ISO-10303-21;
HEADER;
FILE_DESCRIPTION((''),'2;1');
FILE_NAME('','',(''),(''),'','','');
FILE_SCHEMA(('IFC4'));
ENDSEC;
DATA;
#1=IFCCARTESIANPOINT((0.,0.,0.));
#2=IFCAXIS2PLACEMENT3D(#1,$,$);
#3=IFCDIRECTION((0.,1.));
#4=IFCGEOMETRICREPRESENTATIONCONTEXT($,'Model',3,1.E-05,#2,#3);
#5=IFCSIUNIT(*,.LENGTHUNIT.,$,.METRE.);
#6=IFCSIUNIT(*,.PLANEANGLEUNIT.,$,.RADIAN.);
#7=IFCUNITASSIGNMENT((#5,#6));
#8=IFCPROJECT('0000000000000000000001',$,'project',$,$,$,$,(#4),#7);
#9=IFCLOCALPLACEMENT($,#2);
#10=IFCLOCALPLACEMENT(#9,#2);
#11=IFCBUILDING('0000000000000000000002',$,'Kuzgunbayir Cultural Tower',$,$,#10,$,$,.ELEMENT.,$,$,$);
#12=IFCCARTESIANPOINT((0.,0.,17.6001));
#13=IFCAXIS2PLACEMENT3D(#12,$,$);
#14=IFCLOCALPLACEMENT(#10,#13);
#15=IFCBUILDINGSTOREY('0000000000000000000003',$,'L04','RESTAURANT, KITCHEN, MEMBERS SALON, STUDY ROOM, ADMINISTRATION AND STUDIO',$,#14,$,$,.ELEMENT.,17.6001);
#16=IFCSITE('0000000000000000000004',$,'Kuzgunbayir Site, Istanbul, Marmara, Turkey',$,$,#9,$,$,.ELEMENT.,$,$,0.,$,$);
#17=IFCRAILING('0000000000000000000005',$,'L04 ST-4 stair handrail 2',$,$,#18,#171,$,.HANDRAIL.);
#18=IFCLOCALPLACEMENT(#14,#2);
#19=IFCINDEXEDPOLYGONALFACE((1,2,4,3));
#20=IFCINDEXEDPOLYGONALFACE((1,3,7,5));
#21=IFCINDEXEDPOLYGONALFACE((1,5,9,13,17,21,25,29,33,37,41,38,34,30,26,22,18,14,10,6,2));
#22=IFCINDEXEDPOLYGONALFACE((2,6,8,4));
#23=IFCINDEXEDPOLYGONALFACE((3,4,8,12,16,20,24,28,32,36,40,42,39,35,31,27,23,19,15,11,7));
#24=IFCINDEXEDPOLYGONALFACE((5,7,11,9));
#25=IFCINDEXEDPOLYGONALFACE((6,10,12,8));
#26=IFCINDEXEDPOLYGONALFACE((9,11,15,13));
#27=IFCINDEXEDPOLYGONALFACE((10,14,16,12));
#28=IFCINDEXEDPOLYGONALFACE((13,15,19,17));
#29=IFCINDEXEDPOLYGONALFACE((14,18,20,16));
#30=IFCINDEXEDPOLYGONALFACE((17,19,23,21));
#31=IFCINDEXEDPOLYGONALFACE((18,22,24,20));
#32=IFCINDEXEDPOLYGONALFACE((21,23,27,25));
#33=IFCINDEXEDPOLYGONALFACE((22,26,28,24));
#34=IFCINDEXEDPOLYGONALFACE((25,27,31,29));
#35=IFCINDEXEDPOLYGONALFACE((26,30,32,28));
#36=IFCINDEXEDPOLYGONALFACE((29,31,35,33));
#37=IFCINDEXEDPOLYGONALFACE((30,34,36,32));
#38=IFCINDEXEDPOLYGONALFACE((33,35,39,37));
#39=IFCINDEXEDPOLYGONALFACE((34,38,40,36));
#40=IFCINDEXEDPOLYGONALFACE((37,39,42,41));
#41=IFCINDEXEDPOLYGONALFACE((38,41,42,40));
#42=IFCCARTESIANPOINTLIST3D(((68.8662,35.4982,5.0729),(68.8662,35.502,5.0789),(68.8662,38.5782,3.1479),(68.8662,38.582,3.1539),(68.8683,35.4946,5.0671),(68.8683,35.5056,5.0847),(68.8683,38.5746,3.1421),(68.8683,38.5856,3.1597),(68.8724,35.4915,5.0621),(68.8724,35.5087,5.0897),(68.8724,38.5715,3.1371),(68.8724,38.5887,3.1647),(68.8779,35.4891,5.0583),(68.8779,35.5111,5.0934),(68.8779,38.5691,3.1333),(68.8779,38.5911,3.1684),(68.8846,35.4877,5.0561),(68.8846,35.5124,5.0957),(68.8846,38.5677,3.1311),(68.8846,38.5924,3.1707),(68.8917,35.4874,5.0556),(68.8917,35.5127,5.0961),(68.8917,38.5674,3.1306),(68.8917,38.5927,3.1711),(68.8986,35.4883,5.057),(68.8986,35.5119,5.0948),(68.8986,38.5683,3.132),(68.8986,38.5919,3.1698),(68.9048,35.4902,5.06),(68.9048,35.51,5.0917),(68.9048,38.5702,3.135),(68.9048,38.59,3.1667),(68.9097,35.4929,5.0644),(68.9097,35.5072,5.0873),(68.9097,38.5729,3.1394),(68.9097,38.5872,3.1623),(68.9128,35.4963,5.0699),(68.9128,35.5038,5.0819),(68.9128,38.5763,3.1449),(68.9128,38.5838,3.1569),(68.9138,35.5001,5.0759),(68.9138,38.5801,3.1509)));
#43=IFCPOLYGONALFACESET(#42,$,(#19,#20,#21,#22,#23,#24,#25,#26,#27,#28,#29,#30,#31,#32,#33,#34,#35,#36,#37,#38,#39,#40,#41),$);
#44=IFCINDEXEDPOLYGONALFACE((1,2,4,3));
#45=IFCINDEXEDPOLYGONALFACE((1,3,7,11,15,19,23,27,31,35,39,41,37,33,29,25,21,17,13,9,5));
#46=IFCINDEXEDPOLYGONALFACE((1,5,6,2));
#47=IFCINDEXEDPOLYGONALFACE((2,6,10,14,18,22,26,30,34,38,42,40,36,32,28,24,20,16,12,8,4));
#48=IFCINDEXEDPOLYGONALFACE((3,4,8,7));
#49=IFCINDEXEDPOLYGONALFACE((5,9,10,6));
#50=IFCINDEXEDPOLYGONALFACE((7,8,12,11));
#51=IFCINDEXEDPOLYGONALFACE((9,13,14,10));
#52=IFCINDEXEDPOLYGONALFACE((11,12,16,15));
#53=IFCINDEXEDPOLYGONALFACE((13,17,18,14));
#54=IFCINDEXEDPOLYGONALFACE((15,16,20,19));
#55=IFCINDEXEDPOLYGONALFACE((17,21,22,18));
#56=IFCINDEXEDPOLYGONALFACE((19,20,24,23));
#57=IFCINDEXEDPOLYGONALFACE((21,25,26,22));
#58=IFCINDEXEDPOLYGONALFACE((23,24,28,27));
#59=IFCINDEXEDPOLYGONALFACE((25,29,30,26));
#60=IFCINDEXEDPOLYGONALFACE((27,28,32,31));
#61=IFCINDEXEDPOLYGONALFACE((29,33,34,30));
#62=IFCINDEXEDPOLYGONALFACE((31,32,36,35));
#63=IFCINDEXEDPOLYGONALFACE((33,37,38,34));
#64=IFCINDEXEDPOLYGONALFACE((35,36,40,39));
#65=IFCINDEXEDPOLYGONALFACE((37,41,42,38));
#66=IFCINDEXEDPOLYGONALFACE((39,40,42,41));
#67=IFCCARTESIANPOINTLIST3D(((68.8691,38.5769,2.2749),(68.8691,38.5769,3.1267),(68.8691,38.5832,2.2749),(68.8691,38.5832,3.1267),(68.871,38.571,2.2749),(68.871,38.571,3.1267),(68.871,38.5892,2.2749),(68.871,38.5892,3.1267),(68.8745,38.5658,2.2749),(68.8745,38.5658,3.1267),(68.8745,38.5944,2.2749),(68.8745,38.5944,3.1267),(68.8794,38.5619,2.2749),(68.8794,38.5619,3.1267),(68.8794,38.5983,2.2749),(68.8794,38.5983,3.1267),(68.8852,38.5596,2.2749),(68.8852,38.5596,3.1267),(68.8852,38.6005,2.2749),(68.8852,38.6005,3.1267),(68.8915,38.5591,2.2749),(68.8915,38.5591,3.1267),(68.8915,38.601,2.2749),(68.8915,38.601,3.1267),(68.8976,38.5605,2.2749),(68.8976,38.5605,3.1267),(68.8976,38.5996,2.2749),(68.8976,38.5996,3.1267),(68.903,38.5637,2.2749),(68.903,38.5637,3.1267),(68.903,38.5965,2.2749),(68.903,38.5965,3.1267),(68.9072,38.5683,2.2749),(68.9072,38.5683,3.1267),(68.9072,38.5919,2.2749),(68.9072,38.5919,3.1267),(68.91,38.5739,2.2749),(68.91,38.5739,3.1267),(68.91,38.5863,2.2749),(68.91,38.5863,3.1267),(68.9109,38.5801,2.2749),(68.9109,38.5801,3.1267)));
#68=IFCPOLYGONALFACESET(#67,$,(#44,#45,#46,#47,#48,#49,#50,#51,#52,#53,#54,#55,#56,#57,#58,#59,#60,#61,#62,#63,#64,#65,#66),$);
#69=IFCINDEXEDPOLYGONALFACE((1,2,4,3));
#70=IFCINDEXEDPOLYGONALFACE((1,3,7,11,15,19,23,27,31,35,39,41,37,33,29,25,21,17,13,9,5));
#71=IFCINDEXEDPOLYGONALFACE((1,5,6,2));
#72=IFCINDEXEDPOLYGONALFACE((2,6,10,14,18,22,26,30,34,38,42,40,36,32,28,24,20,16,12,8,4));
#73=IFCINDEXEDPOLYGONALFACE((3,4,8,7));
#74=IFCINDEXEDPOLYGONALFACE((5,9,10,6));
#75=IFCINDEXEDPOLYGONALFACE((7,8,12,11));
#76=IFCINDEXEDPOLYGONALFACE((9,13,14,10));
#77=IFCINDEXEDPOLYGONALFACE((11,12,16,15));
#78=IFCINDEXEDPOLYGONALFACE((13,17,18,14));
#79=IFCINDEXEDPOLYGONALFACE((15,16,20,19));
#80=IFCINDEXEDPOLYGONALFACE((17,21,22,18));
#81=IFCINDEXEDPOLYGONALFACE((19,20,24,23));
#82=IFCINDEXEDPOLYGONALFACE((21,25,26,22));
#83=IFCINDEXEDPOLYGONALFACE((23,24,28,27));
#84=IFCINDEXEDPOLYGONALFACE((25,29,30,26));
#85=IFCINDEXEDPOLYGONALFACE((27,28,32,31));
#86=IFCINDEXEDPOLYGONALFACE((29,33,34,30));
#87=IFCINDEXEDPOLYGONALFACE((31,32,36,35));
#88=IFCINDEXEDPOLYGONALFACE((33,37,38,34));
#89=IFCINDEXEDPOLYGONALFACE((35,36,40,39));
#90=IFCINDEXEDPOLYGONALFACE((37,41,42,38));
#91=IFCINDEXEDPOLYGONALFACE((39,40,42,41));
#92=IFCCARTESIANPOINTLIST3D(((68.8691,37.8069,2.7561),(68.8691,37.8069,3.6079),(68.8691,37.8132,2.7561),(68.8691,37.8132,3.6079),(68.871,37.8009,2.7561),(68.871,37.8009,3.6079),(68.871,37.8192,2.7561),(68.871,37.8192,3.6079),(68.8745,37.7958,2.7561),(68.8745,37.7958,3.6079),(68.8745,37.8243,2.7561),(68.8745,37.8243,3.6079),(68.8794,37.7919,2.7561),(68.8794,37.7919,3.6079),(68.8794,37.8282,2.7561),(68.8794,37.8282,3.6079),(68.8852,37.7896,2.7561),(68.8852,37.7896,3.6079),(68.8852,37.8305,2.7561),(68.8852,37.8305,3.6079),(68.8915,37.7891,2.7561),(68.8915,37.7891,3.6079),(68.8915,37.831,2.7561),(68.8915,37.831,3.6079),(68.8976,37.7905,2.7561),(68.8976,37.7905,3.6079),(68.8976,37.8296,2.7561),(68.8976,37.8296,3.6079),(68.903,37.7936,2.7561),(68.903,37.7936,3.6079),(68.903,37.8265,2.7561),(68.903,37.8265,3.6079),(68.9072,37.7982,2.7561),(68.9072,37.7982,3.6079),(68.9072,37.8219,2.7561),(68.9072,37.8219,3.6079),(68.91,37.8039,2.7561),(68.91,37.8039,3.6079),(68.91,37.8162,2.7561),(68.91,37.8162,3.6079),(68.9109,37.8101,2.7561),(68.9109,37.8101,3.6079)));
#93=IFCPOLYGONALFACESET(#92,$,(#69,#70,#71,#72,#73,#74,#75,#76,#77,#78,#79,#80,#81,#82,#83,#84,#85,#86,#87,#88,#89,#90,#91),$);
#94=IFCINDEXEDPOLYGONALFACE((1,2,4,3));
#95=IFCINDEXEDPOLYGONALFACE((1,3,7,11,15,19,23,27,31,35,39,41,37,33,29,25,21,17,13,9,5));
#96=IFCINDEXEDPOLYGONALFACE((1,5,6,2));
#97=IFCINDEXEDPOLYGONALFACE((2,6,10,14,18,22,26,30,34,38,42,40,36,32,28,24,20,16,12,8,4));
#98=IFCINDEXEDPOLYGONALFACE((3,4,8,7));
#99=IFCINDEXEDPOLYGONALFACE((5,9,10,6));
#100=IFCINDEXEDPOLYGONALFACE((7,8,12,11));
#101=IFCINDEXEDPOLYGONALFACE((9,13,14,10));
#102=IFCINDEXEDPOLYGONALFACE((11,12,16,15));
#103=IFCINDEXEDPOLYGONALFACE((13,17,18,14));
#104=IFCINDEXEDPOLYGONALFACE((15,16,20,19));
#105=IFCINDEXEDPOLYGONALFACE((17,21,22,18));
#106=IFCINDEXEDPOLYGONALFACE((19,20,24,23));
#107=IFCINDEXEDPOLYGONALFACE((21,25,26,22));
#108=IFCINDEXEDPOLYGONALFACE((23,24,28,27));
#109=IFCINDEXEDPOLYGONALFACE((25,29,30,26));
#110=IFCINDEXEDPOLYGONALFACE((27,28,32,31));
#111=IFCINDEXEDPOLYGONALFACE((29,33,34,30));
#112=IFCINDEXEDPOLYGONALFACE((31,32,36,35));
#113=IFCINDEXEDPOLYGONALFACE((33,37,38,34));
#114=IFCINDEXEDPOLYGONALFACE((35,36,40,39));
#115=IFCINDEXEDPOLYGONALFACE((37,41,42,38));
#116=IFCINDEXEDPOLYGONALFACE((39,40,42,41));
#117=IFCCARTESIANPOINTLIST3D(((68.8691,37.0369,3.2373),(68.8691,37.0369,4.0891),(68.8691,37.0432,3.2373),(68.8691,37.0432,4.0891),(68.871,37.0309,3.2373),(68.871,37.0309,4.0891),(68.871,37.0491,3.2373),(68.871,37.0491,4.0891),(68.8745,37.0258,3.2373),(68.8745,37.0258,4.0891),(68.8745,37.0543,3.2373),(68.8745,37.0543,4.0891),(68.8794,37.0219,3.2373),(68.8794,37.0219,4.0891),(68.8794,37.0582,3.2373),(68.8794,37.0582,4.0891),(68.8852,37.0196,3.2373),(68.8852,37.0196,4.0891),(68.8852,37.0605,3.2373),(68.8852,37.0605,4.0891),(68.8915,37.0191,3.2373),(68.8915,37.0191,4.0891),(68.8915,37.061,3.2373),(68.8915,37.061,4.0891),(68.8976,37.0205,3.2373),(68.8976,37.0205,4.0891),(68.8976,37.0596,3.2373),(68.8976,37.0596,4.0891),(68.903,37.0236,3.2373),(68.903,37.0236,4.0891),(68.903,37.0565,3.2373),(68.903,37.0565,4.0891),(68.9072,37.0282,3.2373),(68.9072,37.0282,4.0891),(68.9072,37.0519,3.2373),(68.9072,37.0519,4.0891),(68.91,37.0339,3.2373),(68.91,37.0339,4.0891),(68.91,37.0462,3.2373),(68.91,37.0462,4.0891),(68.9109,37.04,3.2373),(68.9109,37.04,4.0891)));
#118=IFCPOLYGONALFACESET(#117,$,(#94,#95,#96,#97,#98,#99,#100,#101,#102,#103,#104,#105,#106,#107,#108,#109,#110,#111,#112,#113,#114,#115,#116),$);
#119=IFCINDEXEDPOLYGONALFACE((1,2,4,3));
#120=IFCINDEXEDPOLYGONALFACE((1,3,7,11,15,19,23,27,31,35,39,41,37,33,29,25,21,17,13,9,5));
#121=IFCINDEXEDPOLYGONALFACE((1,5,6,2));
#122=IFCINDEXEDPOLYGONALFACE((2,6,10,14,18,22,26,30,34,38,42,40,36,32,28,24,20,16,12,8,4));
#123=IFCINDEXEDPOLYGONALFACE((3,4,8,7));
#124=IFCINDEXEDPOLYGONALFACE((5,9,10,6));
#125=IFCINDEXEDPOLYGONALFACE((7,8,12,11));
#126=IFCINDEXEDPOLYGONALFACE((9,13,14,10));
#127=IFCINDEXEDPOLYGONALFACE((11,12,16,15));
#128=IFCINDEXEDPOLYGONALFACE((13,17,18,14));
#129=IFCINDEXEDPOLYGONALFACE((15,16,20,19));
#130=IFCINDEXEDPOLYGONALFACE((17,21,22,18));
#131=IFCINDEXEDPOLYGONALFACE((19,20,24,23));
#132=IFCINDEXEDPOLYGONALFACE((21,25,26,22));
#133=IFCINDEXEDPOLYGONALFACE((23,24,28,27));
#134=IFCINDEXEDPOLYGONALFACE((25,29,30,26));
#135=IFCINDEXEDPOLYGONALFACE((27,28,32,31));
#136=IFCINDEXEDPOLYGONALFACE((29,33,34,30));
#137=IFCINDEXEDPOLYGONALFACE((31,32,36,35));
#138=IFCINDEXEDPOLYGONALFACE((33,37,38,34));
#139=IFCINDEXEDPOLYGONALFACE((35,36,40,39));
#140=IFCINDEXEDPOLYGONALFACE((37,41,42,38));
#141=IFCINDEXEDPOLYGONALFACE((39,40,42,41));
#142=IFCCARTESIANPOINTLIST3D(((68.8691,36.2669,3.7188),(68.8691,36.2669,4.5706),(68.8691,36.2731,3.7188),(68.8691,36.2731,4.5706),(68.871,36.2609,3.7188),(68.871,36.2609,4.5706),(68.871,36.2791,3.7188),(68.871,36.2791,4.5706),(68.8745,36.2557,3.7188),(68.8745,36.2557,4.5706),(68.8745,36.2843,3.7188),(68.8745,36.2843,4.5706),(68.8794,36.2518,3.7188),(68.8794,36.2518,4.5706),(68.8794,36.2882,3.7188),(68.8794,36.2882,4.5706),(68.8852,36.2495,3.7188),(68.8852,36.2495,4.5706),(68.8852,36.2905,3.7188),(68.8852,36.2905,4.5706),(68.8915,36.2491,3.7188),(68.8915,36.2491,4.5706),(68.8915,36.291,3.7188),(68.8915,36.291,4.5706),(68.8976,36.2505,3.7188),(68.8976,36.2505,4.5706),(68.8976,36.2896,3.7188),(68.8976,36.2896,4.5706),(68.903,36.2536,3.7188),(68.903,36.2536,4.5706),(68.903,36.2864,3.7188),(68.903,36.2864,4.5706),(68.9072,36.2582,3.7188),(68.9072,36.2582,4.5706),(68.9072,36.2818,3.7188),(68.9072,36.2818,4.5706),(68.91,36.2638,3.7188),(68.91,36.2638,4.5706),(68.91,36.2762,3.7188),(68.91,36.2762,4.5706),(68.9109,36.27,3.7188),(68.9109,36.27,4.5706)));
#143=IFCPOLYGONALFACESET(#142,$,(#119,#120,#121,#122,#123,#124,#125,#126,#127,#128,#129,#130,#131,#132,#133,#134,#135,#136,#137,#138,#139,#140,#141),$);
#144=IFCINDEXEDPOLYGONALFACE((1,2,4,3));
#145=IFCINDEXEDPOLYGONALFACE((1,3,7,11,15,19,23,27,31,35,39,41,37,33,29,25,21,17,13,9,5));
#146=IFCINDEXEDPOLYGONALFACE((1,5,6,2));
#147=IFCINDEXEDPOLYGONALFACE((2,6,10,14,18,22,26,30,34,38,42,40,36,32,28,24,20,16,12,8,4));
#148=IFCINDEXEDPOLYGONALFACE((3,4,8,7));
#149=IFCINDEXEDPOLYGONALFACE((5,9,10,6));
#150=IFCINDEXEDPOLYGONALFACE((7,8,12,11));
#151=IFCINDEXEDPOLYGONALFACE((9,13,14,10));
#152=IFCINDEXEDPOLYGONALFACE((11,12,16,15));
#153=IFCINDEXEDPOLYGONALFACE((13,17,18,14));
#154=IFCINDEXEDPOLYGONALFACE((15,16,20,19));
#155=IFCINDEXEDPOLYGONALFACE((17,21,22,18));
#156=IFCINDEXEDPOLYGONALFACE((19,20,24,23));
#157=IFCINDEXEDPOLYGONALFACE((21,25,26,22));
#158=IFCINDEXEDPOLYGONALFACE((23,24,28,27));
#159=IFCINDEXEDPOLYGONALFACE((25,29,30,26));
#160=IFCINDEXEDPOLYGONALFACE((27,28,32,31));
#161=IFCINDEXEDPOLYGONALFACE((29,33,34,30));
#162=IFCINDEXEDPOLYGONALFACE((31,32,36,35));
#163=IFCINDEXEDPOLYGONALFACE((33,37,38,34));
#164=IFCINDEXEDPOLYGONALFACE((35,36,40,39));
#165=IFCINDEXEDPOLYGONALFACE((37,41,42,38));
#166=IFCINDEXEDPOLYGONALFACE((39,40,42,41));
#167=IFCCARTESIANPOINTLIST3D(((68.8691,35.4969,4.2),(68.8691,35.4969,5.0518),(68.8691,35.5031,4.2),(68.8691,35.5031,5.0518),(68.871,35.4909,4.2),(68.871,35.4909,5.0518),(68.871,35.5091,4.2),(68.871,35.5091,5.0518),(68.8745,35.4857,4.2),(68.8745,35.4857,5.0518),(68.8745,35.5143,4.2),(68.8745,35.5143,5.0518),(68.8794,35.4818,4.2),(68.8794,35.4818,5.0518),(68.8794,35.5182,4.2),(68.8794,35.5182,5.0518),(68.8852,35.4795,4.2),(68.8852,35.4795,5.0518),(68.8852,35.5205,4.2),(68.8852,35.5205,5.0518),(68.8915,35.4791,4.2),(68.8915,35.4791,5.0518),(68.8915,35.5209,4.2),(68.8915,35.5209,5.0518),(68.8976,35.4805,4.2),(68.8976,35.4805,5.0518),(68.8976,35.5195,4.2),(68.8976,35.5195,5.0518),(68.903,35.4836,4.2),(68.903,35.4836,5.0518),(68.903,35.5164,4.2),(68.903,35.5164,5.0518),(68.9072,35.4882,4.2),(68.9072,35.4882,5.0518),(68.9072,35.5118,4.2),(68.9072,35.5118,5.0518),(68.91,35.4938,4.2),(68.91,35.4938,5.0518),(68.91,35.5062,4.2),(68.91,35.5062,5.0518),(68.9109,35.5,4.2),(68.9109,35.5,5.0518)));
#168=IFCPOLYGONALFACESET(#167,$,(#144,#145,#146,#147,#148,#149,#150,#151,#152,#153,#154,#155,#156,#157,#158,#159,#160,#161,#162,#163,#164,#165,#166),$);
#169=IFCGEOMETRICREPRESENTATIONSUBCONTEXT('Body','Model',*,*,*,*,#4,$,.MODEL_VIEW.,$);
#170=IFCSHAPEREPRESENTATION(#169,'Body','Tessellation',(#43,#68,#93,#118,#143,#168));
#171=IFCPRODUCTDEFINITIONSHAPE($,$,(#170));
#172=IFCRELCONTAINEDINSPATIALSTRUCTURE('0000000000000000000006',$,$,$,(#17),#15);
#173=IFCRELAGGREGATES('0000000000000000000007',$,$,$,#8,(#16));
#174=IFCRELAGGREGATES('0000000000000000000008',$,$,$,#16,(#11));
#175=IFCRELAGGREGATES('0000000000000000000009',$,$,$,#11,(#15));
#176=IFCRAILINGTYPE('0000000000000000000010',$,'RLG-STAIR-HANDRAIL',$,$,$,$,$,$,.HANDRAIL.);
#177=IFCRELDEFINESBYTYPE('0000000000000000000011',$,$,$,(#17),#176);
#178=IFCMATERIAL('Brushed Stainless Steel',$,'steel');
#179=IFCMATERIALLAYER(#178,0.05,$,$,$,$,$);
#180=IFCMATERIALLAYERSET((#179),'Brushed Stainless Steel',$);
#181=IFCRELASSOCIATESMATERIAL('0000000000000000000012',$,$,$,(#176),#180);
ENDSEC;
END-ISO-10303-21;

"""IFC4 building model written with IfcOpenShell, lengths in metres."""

from ifc_helpers import new_model, si_unit, direction, frame, origin, origin_2d, place, context, subcontext, project, spatial, circle, extrude, material, layer, layer_set, type_object, element, save


model = new_model("IFC4")

# Units and contexts
model_context = context("Model", 3, precision=1e-05, world=origin(), true_north=direction((0.0, 1.0)))
body_context = subcontext(model_context, "Body", "Model", "MODEL_VIEW")
ifc_project = project(units=[si_unit("LENGTHUNIT", "METRE"), si_unit("PLANEANGLEUNIT", "RADIAN")], contexts=[model_context])

# Site, building, storey
site_placement = place(None, origin())
site = spatial("IfcSite", under=ifc_project, at=site_placement, Name="Kuzgunbayir Site, Istanbul, Marmara, Turkey", CompositionType="ELEMENT", RefElevation=0.0)
building_placement = place(site_placement, origin())
building = spatial("IfcBuilding", under=site, at=building_placement, Name="Kuzgunbayir Cultural Tower", CompositionType="ELEMENT")
storey_placement = place(building_placement, frame((0.0, 0.0, 17.6001)))
storey = spatial("IfcBuildingStorey", under=building, at=storey_placement, Name="L04", Description="RESTAURANT, KITCHEN, MEMBERS SALON, STUDY ROOM, ADMINISTRATION AND STUDIO", CompositionType="ELEMENT", Elevation=17.6001)

# Railing
ifc_material_1 = material(Name="Brushed Stainless Steel", Category="steel")
ifc_layer_1 = layer(ifc_material_1, 0.05)
ifc_layer_set_1 = layer_set([ifc_layer_1], Name="Brushed Stainless Steel")
railing_type_1 = type_object("IfcRailingType", Name="RLG-STAIR-HANDRAIL", PredefinedType="HANDRAIL", material=ifc_layer_set_1)
railing_1_placement = place(storey_placement, frame((68.8899, 38.5801, 2.2749)))
element("IfcRailing", 1, at=railing_1_placement, inside=storey, type_object=railing_type_1, Name="L04 ST-4 stair handrail 2", PredefinedType="HANDRAIL", context=body_context, shape_type="SweptSolid", body=[
    extrude(circle(Radius=0.0239, at=origin_2d()), frame((0.0, 0.0, 0.876), z_axis=(0.0, -0.847998, 0.529999), x_axis=(1.0, 0.0, 0.0)), (0.0, 0.0, 1.0), 3.6321),
    extrude(circle(Radius=0.021, at=origin_2d()), origin(), (0.0, 0.0, 1.0), 0.8518),
    extrude(circle(Radius=0.021, at=origin_2d()), frame((0.0, -0.77, 0.4812)), (0.0, 0.0, 1.0), 0.8518),
    extrude(circle(Radius=0.021, at=origin_2d()), frame((0.0, -1.54, 0.9624)), (0.0, 0.0, 1.0), 0.8518),
    extrude(circle(Radius=0.021, at=origin_2d()), frame((0.0, -2.3101, 1.4438)), (0.0, 0.0, 1.0), 0.8518),
    extrude(circle(Radius=0.021, at=origin_2d()), frame((0.0, -3.0801, 1.925)), (0.0, 0.0, 1.0), 0.8518),
])

save(model, "model.ifc")
